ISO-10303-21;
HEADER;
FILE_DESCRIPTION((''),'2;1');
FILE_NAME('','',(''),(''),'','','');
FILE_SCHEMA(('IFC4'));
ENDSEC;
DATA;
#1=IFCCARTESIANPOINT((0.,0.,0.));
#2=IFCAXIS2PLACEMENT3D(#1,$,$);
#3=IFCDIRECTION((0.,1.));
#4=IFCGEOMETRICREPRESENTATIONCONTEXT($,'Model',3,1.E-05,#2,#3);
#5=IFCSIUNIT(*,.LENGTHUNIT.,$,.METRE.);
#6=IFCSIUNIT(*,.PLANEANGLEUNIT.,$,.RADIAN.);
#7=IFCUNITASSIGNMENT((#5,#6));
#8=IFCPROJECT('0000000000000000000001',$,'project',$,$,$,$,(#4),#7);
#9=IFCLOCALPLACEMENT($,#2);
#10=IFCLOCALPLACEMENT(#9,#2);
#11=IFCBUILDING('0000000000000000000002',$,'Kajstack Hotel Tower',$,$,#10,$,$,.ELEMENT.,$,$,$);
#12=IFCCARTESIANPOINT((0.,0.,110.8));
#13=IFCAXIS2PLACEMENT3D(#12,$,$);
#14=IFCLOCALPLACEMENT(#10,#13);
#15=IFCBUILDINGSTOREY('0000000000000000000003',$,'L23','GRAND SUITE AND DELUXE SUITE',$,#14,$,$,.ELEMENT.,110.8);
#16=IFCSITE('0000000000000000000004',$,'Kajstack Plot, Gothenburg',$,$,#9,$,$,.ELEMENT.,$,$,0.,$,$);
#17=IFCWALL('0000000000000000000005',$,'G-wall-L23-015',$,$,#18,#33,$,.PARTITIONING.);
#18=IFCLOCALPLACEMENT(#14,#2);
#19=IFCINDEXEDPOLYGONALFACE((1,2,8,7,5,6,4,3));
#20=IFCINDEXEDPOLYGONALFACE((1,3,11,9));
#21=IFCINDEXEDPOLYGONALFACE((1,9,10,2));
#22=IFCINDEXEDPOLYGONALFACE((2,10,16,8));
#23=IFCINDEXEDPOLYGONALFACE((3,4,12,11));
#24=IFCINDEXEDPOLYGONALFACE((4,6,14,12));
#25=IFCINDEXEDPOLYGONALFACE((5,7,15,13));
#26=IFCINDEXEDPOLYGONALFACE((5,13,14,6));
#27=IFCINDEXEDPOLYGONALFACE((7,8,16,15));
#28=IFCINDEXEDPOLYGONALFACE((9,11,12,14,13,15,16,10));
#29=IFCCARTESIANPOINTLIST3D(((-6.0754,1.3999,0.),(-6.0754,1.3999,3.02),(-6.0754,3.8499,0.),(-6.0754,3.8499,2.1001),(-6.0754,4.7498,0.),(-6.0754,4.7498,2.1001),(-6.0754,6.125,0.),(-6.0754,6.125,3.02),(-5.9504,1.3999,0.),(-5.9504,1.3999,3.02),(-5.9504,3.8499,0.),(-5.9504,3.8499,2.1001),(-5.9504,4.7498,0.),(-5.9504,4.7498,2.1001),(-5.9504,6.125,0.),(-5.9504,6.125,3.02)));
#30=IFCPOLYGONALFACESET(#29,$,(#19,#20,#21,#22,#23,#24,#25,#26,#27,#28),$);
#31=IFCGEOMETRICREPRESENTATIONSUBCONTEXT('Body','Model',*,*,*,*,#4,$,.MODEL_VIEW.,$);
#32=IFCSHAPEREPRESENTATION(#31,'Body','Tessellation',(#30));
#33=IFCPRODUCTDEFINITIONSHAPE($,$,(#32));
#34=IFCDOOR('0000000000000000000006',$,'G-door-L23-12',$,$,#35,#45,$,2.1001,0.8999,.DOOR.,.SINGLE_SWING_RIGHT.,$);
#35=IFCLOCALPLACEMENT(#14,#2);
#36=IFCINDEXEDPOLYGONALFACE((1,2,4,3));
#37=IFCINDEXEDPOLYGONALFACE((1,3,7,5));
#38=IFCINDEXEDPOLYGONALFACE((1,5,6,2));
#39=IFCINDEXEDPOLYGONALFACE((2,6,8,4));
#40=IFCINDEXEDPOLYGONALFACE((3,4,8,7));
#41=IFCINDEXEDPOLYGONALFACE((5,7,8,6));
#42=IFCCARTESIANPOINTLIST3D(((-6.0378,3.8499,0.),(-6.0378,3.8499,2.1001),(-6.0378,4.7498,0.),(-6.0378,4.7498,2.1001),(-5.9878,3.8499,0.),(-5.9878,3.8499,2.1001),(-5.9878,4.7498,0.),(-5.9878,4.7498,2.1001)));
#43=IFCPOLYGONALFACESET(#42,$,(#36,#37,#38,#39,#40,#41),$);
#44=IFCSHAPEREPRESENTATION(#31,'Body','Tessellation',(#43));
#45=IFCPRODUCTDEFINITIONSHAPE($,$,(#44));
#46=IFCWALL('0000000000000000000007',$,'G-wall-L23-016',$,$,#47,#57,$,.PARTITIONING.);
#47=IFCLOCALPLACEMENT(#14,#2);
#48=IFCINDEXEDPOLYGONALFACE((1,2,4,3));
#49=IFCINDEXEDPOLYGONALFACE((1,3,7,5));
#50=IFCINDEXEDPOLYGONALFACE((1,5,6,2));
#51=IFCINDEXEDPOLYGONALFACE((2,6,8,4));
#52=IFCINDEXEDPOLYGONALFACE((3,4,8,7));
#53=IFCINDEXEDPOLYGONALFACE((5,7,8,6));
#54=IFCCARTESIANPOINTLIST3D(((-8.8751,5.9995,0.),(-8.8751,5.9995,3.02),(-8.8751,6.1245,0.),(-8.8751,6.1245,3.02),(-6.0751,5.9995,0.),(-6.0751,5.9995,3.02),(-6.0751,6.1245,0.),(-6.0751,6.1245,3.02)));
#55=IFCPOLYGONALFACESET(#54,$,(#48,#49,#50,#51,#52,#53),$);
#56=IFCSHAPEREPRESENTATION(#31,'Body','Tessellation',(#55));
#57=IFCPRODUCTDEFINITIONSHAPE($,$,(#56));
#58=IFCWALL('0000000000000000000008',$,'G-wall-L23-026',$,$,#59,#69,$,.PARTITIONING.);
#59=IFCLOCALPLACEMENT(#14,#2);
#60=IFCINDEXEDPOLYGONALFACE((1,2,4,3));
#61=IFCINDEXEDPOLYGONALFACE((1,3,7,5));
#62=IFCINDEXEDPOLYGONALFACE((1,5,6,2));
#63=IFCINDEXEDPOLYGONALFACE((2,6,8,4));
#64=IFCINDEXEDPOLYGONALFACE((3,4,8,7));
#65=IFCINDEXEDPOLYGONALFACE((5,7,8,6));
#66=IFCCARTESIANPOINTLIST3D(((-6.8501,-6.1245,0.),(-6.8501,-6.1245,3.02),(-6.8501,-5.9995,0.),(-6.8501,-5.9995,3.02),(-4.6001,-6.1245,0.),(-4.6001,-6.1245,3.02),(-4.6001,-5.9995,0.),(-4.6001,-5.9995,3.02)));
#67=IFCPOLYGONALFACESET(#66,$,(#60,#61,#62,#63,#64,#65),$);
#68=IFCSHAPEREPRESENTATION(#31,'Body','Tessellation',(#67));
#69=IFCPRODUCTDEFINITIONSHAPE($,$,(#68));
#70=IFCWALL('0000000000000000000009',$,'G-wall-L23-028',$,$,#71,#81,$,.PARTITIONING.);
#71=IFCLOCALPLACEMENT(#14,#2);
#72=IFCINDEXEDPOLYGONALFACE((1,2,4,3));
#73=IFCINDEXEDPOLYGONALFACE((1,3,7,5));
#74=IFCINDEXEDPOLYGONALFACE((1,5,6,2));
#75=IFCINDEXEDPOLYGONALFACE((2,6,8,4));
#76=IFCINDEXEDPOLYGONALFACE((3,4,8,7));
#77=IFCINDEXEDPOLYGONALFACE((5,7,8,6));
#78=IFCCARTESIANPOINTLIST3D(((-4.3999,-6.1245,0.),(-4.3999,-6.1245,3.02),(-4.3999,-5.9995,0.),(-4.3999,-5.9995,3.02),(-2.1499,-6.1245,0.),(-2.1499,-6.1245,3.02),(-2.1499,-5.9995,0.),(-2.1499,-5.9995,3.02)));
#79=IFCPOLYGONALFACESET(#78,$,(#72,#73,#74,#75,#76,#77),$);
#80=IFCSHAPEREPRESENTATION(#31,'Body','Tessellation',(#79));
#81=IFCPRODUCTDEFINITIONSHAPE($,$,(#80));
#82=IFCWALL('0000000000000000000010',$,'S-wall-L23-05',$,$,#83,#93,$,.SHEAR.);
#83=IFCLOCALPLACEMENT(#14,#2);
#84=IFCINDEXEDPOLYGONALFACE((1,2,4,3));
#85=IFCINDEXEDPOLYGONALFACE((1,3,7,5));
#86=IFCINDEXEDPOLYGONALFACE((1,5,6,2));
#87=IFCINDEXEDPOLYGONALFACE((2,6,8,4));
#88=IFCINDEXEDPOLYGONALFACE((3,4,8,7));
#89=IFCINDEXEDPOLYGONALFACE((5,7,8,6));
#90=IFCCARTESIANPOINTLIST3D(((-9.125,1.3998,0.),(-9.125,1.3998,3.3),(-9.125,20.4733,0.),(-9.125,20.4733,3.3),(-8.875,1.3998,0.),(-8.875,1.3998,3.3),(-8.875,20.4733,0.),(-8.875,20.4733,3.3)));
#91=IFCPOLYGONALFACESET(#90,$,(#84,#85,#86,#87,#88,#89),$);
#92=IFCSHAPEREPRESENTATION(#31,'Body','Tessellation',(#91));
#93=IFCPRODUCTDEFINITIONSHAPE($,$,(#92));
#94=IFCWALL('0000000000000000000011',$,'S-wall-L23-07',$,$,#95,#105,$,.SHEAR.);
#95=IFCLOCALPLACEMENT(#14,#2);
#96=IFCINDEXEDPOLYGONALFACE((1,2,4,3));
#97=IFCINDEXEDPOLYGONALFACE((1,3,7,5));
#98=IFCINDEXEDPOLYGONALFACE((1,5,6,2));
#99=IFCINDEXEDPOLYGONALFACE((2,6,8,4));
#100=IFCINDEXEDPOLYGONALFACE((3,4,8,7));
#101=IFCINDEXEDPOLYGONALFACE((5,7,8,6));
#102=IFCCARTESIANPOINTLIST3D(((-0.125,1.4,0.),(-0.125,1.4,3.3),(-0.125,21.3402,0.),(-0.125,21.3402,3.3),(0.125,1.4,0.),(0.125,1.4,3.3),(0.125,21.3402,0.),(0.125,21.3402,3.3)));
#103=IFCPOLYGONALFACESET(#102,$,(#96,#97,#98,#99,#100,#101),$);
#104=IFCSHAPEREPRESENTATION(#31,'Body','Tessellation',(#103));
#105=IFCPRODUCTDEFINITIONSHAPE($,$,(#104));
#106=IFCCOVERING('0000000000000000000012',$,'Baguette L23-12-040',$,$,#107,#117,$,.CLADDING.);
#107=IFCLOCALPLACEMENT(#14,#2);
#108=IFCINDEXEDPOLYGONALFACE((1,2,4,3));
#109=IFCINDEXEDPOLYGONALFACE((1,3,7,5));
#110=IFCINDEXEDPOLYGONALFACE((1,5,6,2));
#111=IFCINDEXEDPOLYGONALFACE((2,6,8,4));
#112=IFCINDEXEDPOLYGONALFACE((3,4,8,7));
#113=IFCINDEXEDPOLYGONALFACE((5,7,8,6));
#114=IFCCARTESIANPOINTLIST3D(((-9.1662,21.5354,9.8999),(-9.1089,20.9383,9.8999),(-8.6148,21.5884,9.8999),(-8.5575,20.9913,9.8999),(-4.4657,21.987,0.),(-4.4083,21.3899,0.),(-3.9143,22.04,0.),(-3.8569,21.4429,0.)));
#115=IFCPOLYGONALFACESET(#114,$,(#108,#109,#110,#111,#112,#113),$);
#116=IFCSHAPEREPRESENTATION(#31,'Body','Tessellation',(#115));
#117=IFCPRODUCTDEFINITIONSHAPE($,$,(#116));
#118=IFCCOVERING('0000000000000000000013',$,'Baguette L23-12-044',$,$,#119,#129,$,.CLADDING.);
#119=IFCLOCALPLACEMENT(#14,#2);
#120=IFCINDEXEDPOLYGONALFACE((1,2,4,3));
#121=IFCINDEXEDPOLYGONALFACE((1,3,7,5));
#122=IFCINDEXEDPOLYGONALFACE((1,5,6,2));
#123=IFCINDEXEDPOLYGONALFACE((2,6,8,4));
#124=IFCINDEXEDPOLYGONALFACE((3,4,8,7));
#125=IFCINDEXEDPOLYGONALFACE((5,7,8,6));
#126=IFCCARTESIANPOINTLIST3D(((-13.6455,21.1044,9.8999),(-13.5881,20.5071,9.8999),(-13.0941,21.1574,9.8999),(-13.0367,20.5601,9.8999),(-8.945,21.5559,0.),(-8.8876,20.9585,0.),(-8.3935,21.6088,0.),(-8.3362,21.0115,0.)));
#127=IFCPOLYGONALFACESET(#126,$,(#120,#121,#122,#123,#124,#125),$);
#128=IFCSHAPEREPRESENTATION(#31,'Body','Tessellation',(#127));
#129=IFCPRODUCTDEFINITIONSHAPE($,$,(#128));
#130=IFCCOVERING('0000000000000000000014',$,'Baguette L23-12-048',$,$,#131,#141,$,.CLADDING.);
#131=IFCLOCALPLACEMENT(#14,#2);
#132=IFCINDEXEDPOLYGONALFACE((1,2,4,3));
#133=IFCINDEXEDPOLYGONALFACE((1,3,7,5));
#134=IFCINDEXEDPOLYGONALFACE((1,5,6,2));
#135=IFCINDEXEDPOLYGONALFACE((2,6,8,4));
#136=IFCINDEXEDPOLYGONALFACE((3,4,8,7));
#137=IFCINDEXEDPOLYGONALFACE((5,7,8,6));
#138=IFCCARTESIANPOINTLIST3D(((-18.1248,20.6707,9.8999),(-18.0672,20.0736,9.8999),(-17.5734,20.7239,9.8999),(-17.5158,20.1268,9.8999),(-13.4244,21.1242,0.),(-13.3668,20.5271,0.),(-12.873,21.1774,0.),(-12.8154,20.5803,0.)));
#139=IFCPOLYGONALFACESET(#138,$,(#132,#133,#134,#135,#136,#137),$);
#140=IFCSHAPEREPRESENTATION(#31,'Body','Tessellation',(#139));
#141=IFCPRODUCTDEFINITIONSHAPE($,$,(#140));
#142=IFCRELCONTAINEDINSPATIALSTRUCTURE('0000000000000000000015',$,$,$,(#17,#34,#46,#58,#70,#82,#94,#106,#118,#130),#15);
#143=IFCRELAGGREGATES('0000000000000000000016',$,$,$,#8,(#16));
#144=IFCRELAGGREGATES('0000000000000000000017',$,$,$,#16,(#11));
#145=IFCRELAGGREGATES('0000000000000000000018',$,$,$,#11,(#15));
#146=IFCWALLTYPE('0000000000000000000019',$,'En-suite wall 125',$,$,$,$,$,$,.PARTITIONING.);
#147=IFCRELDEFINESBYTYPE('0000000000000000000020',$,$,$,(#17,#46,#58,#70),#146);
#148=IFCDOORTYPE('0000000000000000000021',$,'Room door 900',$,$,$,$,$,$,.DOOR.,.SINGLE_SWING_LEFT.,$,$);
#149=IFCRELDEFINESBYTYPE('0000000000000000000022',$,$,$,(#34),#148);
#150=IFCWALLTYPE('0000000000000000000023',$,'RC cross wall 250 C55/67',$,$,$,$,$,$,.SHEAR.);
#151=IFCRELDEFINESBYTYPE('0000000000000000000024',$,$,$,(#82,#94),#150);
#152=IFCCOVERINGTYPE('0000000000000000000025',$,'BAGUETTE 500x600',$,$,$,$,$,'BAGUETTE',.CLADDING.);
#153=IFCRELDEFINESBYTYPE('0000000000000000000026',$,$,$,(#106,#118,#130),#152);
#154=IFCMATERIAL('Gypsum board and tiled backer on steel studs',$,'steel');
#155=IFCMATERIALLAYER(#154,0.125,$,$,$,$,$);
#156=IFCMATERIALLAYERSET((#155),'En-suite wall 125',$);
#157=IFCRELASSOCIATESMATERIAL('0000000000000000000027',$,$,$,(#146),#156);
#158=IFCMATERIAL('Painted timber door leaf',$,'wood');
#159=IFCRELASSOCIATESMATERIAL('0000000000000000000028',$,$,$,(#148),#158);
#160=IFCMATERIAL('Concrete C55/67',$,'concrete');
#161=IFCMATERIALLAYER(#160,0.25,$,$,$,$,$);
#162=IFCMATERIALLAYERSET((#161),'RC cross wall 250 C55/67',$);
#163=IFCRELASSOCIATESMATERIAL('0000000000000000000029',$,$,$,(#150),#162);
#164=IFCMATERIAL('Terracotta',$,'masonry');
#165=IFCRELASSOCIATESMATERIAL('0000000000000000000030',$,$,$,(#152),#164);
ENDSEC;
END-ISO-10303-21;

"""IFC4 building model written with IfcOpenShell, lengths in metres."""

from ifc_helpers import new_model, si_unit, direction, frame, frame_2d, origin, origin_2d, place, context, subcontext, project, spatial, polyline, rectangle, outline, extrude, material, layer, layer_set, material_profile, profile_set, type_object, element, fill, save


model = new_model("IFC4")

# Units and contexts
model_context = context("Model", 3, precision=1e-05, world=origin(), true_north=direction((0.0, 1.0)))
body_context = subcontext(model_context, "Body", "Model", "MODEL_VIEW")
ifc_project = project(units=[si_unit("LENGTHUNIT", "METRE"), si_unit("PLANEANGLEUNIT", "RADIAN")], contexts=[model_context])

# Site, building, storey
site_placement = place(None, origin())
site = spatial("IfcSite", under=ifc_project, at=site_placement, Name="Kajstack Plot, Gothenburg", CompositionType="ELEMENT", RefElevation=0.0)
building_placement = place(site_placement, origin())
building = spatial("IfcBuilding", under=site, at=building_placement, Name="Kajstack Hotel Tower", CompositionType="ELEMENT")
storey_placement = place(building_placement, frame((0.0, 0.0, 110.8)))
storey = spatial("IfcBuildingStorey", under=building, at=storey_placement, Name="L23", Description="GRAND SUITE AND DELUXE SUITE", CompositionType="ELEMENT", Elevation=110.8)

# Wall, opening, door
ifc_material_1 = material(Name="Gypsum board and tiled backer on steel studs", Category="steel")
ifc_layer_1 = layer(ifc_material_1, 0.125)
ifc_layer_set_1 = layer_set([ifc_layer_1], Name="En-suite wall 125")
wall_type_1 = type_object("IfcWallType", Name="En-suite wall 125", PredefinedType="PARTITIONING", material=ifc_layer_set_1)
wall_1_placement = place(storey_placement, frame((-6.0129, 1.3999, 0.0), z_axis=(0.0, 0.0, 1.0), x_axis=(0.0, 1.0, 0.0)))
wall_1 = element("IfcWall", 1, at=wall_1_placement, inside=storey, type_object=wall_type_1, Name="G-wall-L23-015", PredefinedType="PARTITIONING", context=body_context, shape_type="SweptSolid", body=[
    extrude(rectangle(XDim=4.7251, YDim=0.125, at=frame_2d((2.3625, 0.0))), origin(), (0.0, 0.0, 1.0), 3.02),
])
opening_placement = place(wall_1_placement, frame((2.45, 0.0, 0.0)))
opening = element("IfcOpeningElement", 2, at=opening_placement, cuts=wall_1, PredefinedType="OPENING", context=body_context, shape_type="SweptSolid", body=[
    extrude(rectangle(XDim=0.8999, YDim=2.1001, at=frame_2d((0.45, 1.05))), frame((0.0, 0.0725, 0.0), z_axis=(0.0, -1.0, 0.0), x_axis=(1.0, 0.0, 0.0)), (0.0, 0.0, 1.0), 0.145),
])
ifc_material_2 = material(Name="Painted timber door leaf", Category="wood")
door_type = type_object("IfcDoorType", Name="Room door 900", OperationType="SINGLE_SWING_LEFT", PredefinedType="DOOR", material=ifc_material_2)
door_placement = place(opening_placement, origin())
door = element("IfcDoor", 3, at=door_placement, inside=storey, type_object=door_type, Name="G-door-L23-12", OperationType="SINGLE_SWING_RIGHT", OverallHeight=2.1001, OverallWidth=0.8999, PredefinedType="DOOR", context=body_context, shape_type="SweptSolid", body=[
    extrude(rectangle(XDim=0.8999, YDim=2.1001, at=frame_2d((0.45, 1.05))), frame((0.0, 0.0249, 0.0), z_axis=(0.0, -1.0, 0.0), x_axis=(1.0, 0.0, 0.0)), (0.0, 0.0, 1.0), 0.05),
])
fill(opening, door)

# Walls
wall_2_placement = place(storey_placement, frame((-8.875, 6.062, 0.0), z_axis=(0.0, 0.0, 1.0), x_axis=(1.0, 0.0, 0.0)))
element("IfcWall", 4, at=wall_2_placement, inside=storey, type_object=wall_type_1, Name="G-wall-L23-016", PredefinedType="PARTITIONING", context=body_context, shape_type="SweptSolid", body=[
    extrude(rectangle(XDim=2.8, YDim=0.125, at=frame_2d((1.3999, 0.0))), origin(), (0.0, 0.0, 1.0), 3.02),
])
for number, where, z_axis, x_axis, name in (
    (5, (-6.8501, -6.062, 0.0), (0.0, 0.0, 1.0), (1.0, 0.0, 0.0), "G-wall-L23-026"),
    (6, (-4.3999, -6.062, 0.0), (0.0, 0.0, 1.0), (1.0, 0.0, 0.0), "G-wall-L23-028"),
):
    element("IfcWall", number, at=place(storey_placement, frame(where, z_axis=z_axis, x_axis=x_axis)), inside=storey, type_object=wall_type_1, Name=name, PredefinedType="PARTITIONING", context=body_context, shape_type="SweptSolid", body=[
        extrude(rectangle(XDim=2.25, YDim=0.125, at=frame_2d((1.125, 0.0))), origin(), (0.0, 0.0, 1.0), 3.02),
    ])
ifc_material_3 = material(Name="Concrete C55/67", Category="concrete")
ifc_layer_2 = layer(ifc_material_3, 0.25)
ifc_layer_set_2 = layer_set([ifc_layer_2], Name="RC cross wall 250 C55/67")
wall_type_2 = type_object("IfcWallType", Name="RC cross wall 250 C55/67", PredefinedType="SHEAR", material=ifc_layer_set_2)
wall_3_placement = place(storey_placement, frame((-9.0, 1.3999, 0.0), z_axis=(0.0, 0.0, 1.0), x_axis=(0.0, 1.0, 0.0)))
element("IfcWall", 7, at=wall_3_placement, inside=storey, type_object=wall_type_2, Name="S-wall-L23-05", PredefinedType="SHEAR", context=body_context, shape_type="SweptSolid", body=[
    extrude(rectangle(XDim=19.0735, YDim=0.25, at=frame_2d((9.5366, 0.0))), origin(), (0.0, 0.0, 1.0), 3.3),
])
wall_4_placement = place(storey_placement, frame((0.0, 1.3999, 0.0), z_axis=(0.0, 0.0, 1.0), x_axis=(0.0, 1.0, 0.0)))
element("IfcWall", 8, at=wall_4_placement, inside=storey, type_object=wall_type_2, Name="S-wall-L23-07", PredefinedType="SHEAR", context=body_context, shape_type="SweptSolid", body=[
    extrude(rectangle(XDim=19.9402, YDim=0.25, at=frame_2d((9.9702, 0.0))), origin(), (0.0, 0.0, 1.0), 3.3),
])

# Coverings
ifc_material_4 = material(Name="Terracotta", Category="masonry")
ifc_material_profile = material_profile(ifc_material_4, rectangle(XDim=0.6001, YDim=0.5, at=origin_2d()), Name="Terracotta-clad concrete baguette 500 x 600")
ifc_profile_set = profile_set([ifc_material_profile], Name="Terracotta")
covering_type = type_object("IfcCoveringType", Name="BAGUETTE 500x600", ElementType="BAGUETTE", PredefinedType="CLADDING", material=ifc_profile_set)
covering_1_placement = place(storey_placement, frame((-3.8569, 21.4429, 0.0), z_axis=(-0.095635, 0.995416, 0.0), x_axis=(-0.995416, -0.095635, 0.0)))
element("IfcCovering", 9, at=covering_1_placement, inside=storey, type_object=covering_type, Name="Baguette L23-12-040", PredefinedType="CLADDING", context=body_context, shape_type="SweptSolid", body=[
    extrude(outline(polyline([(4.7222, 9.8999), (0.0, 0.0), (0.554, 0.0), (5.2761, 9.8999), (4.7222, 9.8999)])), origin(), (0.0, 0.0, 1.0), 0.5999),
])
covering_2_placement = place(storey_placement, frame((-8.3362, 21.0115, 0.0), z_axis=(-0.095596, 0.99542, 0.0), x_axis=(-0.99542, -0.095596, 0.0)))
element("IfcCovering", 10, at=covering_2_placement, inside=storey, type_object=covering_type, Name="Baguette L23-12-044", PredefinedType="CLADDING", context=body_context, shape_type="SweptSolid", body=[
    extrude(outline(polyline([(4.7222, 9.8999), (0.0, 0.0), (0.554, 0.0), (5.2761, 9.8999), (4.7222, 9.8999)])), origin(), (0.0, 0.0, 1.0), 0.6001),
])
covering_3_placement = place(storey_placement, frame((-12.8154, 20.5803, 0.0), z_axis=(-0.096038, 0.995378, 0.0), x_axis=(-0.995378, -0.096038, 0.0)))
element("IfcCovering", 11, at=covering_3_placement, inside=storey, type_object=covering_type, Name="Baguette L23-12-048", PredefinedType="CLADDING", context=body_context, shape_type="SweptSolid", body=[
    extrude(outline(polyline([(4.7222, 9.8999), (0.0, 0.0), (0.554, 0.0), (5.2761, 9.8999), (4.7222, 9.8999)])), origin(), (0.0, 0.0, 1.0), 0.5999),
])

save(model, "model.ifc")
